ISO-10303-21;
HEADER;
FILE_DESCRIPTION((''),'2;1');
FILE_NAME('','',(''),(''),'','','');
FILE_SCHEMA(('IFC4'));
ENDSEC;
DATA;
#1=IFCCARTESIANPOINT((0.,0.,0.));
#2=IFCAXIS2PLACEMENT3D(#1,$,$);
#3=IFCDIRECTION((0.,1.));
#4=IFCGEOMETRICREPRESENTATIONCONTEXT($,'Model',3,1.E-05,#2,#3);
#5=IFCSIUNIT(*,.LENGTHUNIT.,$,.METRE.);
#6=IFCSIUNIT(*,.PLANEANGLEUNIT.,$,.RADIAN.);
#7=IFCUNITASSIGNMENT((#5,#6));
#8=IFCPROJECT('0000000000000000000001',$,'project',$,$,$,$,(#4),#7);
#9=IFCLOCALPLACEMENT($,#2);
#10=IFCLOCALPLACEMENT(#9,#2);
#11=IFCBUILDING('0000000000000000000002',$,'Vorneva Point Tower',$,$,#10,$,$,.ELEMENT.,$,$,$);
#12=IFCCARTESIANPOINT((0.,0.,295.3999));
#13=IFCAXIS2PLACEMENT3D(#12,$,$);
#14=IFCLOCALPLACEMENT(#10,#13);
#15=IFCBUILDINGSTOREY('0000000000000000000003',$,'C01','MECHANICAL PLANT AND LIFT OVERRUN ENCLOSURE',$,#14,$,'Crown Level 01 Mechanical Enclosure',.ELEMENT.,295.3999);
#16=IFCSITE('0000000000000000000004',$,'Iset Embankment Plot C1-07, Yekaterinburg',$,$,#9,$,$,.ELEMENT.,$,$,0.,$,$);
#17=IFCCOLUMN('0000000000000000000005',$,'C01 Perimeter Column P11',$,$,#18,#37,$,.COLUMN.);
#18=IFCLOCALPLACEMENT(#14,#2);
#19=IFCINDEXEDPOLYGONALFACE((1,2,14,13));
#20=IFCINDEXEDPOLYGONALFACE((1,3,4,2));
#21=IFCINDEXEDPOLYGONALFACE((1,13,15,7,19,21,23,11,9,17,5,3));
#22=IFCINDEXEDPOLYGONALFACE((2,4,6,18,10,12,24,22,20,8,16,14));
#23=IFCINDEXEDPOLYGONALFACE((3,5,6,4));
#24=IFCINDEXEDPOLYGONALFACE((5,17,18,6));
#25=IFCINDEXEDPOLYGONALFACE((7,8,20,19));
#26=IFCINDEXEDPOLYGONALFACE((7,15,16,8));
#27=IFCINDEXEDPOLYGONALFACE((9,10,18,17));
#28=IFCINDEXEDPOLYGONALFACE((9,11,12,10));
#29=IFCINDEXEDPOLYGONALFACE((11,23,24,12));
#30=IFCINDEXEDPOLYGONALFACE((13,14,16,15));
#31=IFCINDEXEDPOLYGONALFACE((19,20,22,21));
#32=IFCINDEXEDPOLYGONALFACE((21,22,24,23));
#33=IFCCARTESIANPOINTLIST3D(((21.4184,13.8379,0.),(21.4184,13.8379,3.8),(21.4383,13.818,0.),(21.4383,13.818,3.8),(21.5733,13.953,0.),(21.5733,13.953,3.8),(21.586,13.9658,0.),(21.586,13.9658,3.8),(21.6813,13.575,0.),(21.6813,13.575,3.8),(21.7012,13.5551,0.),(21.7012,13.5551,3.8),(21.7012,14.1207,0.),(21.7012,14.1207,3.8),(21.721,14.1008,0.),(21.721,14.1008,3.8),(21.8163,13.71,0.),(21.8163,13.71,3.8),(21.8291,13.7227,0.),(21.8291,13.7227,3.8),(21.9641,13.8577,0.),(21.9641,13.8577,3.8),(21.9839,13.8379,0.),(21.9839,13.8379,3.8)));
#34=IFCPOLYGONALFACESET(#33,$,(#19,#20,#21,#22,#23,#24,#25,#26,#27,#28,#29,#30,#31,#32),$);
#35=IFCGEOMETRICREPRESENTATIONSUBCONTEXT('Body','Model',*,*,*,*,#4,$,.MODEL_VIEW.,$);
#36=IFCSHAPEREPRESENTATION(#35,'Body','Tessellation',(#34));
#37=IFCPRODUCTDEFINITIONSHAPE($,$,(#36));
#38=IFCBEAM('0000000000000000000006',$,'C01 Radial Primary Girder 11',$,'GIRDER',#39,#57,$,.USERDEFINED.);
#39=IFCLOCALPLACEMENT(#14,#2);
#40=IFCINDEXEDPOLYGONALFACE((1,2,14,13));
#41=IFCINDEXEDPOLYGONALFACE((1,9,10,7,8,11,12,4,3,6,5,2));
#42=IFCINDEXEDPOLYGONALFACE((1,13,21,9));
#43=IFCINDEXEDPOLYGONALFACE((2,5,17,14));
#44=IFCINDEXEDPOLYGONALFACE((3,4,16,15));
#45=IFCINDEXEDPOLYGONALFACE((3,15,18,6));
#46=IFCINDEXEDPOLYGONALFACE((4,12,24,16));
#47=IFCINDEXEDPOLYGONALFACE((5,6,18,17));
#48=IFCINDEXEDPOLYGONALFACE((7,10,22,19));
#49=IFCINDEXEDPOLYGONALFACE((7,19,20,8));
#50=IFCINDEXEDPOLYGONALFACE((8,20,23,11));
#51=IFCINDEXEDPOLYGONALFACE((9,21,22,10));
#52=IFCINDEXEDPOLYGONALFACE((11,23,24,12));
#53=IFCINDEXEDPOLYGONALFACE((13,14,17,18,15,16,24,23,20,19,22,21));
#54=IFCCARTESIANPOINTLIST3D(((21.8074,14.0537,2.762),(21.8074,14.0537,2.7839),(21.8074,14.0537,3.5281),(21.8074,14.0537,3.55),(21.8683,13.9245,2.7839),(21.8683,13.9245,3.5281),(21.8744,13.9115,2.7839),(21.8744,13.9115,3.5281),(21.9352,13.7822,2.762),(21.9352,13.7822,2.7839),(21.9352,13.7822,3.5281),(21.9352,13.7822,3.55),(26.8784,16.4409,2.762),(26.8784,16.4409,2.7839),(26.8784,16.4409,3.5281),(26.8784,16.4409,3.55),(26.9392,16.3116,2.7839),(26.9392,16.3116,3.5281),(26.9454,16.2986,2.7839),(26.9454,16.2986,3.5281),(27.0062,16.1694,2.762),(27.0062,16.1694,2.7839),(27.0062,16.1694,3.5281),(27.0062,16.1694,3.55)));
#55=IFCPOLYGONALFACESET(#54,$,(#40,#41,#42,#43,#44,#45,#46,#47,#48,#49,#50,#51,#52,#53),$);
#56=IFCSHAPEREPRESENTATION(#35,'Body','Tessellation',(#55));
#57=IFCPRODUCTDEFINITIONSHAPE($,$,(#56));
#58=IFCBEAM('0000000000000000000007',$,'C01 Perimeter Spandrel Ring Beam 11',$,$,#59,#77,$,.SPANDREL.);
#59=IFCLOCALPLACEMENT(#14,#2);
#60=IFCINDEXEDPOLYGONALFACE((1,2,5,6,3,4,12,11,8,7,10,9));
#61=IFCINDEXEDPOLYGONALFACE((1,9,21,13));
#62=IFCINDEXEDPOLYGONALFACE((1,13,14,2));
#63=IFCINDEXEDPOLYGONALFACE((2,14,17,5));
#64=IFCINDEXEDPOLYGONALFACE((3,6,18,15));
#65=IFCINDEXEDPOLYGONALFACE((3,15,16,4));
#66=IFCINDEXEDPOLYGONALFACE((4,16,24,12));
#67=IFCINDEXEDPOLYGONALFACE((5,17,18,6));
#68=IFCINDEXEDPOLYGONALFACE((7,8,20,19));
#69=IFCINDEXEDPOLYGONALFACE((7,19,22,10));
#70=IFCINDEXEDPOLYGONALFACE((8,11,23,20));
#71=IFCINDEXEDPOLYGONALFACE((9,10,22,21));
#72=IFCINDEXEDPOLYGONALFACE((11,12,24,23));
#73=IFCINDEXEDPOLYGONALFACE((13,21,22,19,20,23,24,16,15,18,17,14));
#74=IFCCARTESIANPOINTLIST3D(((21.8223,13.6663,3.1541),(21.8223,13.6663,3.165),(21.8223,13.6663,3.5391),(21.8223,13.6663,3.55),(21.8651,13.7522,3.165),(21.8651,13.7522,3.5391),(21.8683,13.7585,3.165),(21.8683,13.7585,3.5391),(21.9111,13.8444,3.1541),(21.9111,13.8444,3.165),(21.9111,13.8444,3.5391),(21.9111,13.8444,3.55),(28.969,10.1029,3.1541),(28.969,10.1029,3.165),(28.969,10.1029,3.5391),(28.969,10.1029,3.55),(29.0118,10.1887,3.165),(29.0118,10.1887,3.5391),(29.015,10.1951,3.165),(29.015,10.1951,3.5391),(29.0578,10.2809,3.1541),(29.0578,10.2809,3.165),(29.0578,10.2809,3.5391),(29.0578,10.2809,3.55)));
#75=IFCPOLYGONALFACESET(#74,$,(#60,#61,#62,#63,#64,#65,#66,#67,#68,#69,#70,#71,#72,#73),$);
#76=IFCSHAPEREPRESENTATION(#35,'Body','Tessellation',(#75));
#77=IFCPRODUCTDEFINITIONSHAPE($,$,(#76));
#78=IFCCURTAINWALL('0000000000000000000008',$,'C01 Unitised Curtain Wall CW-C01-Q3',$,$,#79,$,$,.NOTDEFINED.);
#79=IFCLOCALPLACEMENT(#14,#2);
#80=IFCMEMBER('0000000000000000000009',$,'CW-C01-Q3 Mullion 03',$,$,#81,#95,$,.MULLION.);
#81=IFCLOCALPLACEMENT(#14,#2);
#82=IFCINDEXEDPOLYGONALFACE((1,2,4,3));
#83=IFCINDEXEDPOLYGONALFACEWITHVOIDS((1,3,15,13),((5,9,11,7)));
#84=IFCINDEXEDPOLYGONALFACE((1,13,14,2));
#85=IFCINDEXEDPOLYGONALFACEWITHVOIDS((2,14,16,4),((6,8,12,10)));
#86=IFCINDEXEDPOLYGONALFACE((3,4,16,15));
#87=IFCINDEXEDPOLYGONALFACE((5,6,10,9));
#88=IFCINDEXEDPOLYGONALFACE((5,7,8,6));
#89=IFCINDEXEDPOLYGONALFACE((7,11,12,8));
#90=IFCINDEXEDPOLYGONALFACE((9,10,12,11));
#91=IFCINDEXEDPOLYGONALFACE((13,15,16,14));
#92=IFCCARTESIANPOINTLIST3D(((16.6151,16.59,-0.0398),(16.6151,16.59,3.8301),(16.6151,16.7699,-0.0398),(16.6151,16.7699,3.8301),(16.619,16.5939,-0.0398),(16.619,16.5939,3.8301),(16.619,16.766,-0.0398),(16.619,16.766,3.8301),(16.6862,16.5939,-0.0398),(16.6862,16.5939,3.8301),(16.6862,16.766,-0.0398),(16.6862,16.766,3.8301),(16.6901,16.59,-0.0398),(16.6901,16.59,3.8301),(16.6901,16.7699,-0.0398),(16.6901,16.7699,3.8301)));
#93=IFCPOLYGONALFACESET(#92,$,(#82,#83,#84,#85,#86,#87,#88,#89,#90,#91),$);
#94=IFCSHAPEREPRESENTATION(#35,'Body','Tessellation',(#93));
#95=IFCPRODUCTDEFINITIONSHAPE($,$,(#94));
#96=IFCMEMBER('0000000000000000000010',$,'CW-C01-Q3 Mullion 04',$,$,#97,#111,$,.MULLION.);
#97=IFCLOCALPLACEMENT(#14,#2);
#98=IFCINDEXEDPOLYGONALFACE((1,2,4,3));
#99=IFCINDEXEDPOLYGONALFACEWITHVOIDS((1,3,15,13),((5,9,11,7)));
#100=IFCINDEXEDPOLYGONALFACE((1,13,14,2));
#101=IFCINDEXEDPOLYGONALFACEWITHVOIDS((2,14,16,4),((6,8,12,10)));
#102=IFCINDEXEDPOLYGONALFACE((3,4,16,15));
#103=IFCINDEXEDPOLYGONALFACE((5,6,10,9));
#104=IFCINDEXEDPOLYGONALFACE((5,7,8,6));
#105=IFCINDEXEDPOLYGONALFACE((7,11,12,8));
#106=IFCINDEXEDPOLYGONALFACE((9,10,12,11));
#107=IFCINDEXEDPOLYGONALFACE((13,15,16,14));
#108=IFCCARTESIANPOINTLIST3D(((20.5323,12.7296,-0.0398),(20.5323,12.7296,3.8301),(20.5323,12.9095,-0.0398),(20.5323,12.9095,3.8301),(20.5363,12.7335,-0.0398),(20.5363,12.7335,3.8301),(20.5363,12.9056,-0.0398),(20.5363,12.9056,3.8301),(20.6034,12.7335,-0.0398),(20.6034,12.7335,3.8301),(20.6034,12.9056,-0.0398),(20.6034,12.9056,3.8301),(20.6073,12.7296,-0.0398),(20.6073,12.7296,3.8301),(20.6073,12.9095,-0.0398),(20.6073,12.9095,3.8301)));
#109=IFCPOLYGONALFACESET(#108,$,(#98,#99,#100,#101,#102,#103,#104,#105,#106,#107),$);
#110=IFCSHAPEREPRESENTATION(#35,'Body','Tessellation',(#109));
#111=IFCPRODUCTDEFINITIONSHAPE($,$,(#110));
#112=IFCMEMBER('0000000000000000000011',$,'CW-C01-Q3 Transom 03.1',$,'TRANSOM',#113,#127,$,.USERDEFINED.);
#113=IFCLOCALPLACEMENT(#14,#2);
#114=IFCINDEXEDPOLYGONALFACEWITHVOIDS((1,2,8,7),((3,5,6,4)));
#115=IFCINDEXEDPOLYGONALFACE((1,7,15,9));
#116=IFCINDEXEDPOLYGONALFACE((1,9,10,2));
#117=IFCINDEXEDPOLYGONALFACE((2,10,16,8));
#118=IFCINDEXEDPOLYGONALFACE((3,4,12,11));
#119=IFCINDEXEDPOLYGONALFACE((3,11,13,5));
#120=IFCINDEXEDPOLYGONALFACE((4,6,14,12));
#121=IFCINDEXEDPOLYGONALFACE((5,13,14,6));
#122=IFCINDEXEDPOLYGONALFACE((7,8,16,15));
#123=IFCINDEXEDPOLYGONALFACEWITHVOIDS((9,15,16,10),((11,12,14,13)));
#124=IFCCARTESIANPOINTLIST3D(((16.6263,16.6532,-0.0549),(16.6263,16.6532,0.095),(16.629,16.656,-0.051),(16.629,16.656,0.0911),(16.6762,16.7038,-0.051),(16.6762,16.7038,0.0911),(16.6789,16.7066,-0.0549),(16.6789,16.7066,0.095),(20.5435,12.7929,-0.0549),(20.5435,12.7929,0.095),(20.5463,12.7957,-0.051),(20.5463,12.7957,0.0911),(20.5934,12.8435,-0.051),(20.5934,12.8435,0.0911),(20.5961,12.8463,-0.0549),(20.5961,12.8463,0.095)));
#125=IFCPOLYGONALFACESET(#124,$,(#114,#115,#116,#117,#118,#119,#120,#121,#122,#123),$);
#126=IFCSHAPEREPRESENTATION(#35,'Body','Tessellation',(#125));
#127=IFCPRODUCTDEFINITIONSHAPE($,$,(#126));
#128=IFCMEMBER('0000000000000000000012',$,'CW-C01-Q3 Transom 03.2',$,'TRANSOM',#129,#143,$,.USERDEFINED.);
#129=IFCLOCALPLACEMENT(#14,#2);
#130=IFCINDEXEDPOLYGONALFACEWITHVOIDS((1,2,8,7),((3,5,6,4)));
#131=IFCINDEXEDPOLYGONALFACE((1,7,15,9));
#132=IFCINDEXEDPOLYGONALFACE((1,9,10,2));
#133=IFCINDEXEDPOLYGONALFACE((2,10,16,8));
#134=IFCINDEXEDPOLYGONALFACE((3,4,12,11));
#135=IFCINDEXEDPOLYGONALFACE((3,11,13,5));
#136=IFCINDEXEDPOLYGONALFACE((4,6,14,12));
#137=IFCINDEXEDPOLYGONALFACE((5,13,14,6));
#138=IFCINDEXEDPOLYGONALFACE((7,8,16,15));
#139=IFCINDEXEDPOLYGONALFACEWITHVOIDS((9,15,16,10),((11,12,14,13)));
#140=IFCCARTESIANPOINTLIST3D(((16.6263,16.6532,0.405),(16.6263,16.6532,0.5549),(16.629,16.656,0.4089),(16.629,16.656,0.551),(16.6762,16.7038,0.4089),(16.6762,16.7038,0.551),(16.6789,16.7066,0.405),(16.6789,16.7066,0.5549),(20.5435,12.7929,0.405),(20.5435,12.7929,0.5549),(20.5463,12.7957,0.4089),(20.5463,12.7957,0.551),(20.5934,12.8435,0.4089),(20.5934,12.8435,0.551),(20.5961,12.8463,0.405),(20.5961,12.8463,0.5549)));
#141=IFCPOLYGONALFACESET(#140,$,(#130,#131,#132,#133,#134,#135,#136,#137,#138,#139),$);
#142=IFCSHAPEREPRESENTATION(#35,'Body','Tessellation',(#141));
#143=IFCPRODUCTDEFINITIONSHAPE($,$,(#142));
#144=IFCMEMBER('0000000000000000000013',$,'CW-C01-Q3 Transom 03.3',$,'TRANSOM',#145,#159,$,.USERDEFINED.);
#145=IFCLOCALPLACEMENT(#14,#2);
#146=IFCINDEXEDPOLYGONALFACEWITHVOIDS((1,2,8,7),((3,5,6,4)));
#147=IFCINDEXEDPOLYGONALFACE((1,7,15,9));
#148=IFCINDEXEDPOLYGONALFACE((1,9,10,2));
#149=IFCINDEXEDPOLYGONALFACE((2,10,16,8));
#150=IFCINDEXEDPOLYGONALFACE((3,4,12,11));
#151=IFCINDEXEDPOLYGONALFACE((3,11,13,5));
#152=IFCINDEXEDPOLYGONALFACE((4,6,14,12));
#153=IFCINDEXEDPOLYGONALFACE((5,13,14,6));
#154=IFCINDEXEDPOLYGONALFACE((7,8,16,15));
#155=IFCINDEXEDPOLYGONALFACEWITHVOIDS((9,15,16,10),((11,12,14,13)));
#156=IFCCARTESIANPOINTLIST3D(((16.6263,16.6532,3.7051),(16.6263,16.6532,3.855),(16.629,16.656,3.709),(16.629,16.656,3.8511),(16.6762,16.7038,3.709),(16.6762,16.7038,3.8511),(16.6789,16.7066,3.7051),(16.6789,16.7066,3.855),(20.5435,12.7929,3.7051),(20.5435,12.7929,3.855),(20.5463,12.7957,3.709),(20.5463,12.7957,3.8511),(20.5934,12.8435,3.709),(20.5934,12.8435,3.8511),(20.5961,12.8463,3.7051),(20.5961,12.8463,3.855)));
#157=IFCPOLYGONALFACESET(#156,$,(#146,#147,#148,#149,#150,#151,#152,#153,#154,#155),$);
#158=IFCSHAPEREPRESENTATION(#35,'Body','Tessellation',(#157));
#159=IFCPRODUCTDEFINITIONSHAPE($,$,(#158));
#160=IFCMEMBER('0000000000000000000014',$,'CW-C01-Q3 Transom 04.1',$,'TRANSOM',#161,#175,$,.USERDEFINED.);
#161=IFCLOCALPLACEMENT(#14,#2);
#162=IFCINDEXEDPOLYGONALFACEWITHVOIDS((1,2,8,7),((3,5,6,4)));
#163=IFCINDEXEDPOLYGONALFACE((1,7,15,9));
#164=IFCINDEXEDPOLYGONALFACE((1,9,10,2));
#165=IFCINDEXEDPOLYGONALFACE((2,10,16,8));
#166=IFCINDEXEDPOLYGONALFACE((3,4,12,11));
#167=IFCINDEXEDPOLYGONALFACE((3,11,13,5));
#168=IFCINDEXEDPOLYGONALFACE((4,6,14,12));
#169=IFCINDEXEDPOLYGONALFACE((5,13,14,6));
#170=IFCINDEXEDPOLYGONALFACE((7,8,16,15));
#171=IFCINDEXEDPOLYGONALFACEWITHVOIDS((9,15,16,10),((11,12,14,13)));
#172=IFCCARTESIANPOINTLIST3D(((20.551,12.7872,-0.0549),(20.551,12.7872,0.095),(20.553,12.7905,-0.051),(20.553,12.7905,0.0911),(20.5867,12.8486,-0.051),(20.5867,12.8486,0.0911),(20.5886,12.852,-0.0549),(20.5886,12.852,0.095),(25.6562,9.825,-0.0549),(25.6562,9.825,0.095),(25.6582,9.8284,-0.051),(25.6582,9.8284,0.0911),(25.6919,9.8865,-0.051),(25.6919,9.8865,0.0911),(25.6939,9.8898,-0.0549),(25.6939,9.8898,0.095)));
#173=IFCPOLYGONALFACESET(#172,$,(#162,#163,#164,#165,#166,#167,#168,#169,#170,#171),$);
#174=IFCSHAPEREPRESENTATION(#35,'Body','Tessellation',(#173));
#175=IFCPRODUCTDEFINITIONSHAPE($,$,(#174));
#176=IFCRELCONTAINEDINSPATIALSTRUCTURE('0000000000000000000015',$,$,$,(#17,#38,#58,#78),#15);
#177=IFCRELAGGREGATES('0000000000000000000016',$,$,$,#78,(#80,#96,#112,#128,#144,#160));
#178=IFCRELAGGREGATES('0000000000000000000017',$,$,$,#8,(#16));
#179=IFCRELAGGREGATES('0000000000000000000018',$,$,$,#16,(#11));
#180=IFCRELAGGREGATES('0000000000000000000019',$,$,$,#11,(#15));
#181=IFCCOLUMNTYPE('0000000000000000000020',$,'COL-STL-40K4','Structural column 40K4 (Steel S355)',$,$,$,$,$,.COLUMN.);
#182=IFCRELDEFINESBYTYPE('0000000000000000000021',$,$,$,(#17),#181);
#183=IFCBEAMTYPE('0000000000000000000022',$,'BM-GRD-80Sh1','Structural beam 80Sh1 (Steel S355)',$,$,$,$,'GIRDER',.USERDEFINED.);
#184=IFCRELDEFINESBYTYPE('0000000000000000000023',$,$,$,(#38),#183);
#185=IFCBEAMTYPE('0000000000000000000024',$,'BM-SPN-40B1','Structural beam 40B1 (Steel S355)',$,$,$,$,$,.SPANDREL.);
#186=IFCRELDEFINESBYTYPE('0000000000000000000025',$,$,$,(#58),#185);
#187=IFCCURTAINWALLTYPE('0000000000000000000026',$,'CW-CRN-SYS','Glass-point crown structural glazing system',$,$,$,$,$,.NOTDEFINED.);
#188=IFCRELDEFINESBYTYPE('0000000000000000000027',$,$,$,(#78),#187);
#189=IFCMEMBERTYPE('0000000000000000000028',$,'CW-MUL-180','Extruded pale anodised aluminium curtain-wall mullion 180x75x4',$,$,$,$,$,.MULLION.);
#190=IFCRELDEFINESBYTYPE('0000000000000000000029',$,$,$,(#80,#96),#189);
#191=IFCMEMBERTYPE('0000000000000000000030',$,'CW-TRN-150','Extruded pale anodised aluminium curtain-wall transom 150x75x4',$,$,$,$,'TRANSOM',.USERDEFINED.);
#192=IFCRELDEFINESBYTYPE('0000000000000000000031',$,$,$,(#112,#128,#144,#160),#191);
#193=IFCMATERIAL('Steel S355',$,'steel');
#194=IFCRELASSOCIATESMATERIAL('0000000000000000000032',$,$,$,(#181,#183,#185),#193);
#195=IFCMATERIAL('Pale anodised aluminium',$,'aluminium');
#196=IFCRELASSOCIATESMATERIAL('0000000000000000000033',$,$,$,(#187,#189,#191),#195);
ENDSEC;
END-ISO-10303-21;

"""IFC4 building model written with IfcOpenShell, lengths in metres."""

from ifc_helpers import new_model, si_unit, direction, frame, origin, origin_2d, place, context, subcontext, project, spatial, hollow_rectangle, i_section, extrude, material, material_profile, profile_set, type_object, element, aggregate, save


model = new_model("IFC4")

# Units and contexts
model_context = context("Model", 3, precision=1e-05, world=origin(), true_north=direction((0.0, 1.0)))
body_context = subcontext(model_context, "Body", "Model", "MODEL_VIEW")
ifc_project = project(units=[si_unit("LENGTHUNIT", "METRE"), si_unit("PLANEANGLEUNIT", "RADIAN")], contexts=[model_context])

# Site, building, storey
site_placement = place(None, origin())
site = spatial("IfcSite", under=ifc_project, at=site_placement, Name="Iset Embankment Plot C1-07, Yekaterinburg", CompositionType="ELEMENT", RefElevation=0.0)
building_placement = place(site_placement, origin())
building = spatial("IfcBuilding", under=site, at=building_placement, Name="Vorneva Point Tower", CompositionType="ELEMENT")
storey_placement = place(building_placement, frame((0.0, 0.0, 295.3999)))
storey = spatial("IfcBuildingStorey", under=building, at=storey_placement, Name="C01", Description="MECHANICAL PLANT AND LIFT OVERRUN ENCLOSURE", LongName="Crown Level 01 Mechanical Enclosure", CompositionType="ELEMENT", Elevation=295.3999)

# Column
ifc_material_1 = material(Name="Steel S355", Category="steel")
ifc_material_profile_1 = material_profile(ifc_material_1, i_section(OverallWidth=0.3999, OverallDepth=0.3999, WebThickness=0.0181, FlangeThickness=0.0281, at=origin_2d()), Name="40K4")
ifc_profile_set_1 = profile_set([ifc_material_profile_1], Name="Steel S355")
column_type = type_object("IfcColumnType", Name="COL-STL-40K4", Description="Structural column 40K4 (Steel S355)", PredefinedType="COLUMN", material=ifc_profile_set_1)
column_placement = place(storey_placement, frame((21.7012, 13.8379, 0.0), z_axis=(0.0, 0.0, 1.0), x_axis=(-0.707107, -0.707107, 0.0)))
element("IfcColumn", 1, at=column_placement, inside=storey, type_object=column_type, Name="C01 Perimeter Column P11", PredefinedType="COLUMN", context=body_context, shape_type="SweptSolid", body=[
    extrude(i_section(OverallWidth=0.3999, OverallDepth=0.3999, WebThickness=0.0181, FlangeThickness=0.0281, at=origin_2d()), origin(), (0.0, 0.0, 1.0), 3.8),
])

# Beams
ifc_material_profile_2 = material_profile(ifc_material_1, i_section(OverallWidth=0.3, OverallDepth=0.7881, WebThickness=0.0144, FlangeThickness=0.022, at=origin_2d()), Name="80Sh1")
ifc_profile_set_2 = profile_set([ifc_material_profile_2], Name="Steel S355")
beam_type_1 = type_object("IfcBeamType", Name="BM-GRD-80Sh1", Description="Structural beam 80Sh1 (Steel S355)", ElementType="GIRDER", PredefinedType="USERDEFINED", material=ifc_profile_set_2)
beam_1_placement = place(storey_placement, frame((21.8713, 13.918, 3.156), z_axis=(0.904761, 0.425919, 0.0), x_axis=(-0.425919, 0.904761, 0.0)))
element("IfcBeam", 2, at=beam_1_placement, inside=storey, type_object=beam_type_1, Name="C01 Radial Primary Girder 11", ObjectType="GIRDER", PredefinedType="USERDEFINED", context=body_context, shape_type="SweptSolid", body=[
    extrude(i_section(OverallWidth=0.3, OverallDepth=0.7881, WebThickness=0.0144, FlangeThickness=0.022, at=origin_2d()), origin(), (0.0, 0.0, 1.0), 5.6047),
])
ifc_material_profile_3 = material_profile(ifc_material_1, i_section(OverallWidth=0.199, OverallDepth=0.396, WebThickness=0.0071, FlangeThickness=0.011, at=origin_2d()), Name="40B1")
ifc_profile_set_3 = profile_set([ifc_material_profile_3], Name="Steel S355")
beam_type_2 = type_object("IfcBeamType", Name="BM-SPN-40B1", Description="Structural beam 40B1 (Steel S355)", PredefinedType="SPANDREL", material=ifc_profile_set_3)
beam_2_placement = place(storey_placement, frame((21.8667, 13.7554, 3.3521), z_axis=(0.894922, -0.446223, 0.0), x_axis=(0.446223, 0.894922, 0.0)))
element("IfcBeam", 3, at=beam_2_placement, inside=storey, type_object=beam_type_2, Name="C01 Perimeter Spandrel Ring Beam 11", PredefinedType="SPANDREL", context=body_context, shape_type="SweptSolid", body=[
    extrude(i_section(OverallWidth=0.199, OverallDepth=0.396, WebThickness=0.0071, FlangeThickness=0.011, at=origin_2d()), origin(), (0.0, 0.0, 1.0), 7.9858),
])

# Curtain wall, members
ifc_material_2 = material(Name="Pale anodised aluminium", Category="aluminium")
curtain_wall_type = type_object("IfcCurtainWallType", Name="CW-CRN-SYS", Description="Glass-point crown structural glazing system", PredefinedType="NOTDEFINED", material=ifc_material_2)
curtain_wall_placement = place(storey_placement, origin())
curtain_wall = element("IfcCurtainWall", 4, at=curtain_wall_placement, inside=storey, type_object=curtain_wall_type, Name="C01 Unitised Curtain Wall CW-C01-Q3", PredefinedType="NOTDEFINED")
ifc_material_profile_4 = material_profile(ifc_material_2, hollow_rectangle(XDim=0.075, YDim=0.1799, WallThickness=0.0039, at=origin_2d()), Name="AL-MUL 180x75x4")
ifc_profile_set_4 = profile_set([ifc_material_profile_4], Name="Pale anodised aluminium")
member_type_1 = type_object("IfcMemberType", Name="CW-MUL-180", Description="Extruded pale anodised aluminium curtain-wall mullion 180x75x4", PredefinedType="MULLION", material=ifc_profile_set_4)
member_1_placement = place(storey_placement, frame((16.6526, 16.6799, -0.0398), z_axis=(0.0, 0.0, 1.0), x_axis=(1.0, 0.0, 0.0)))
member_1 = element("IfcMember", 5, at=member_1_placement, type_object=member_type_1, Name="CW-C01-Q3 Mullion 03", PredefinedType="MULLION", context=body_context, shape_type="SweptSolid", body=[
    extrude(hollow_rectangle(XDim=0.075, YDim=0.1799, WallThickness=0.0039, at=origin_2d()), origin(), (0.0, 0.0, 1.0), 3.8699),
])
member_2_placement = place(storey_placement, frame((20.5698, 12.8196, -0.0398), z_axis=(0.0, 0.0, 1.0), x_axis=(1.0, 0.0, 0.0)))
member_2 = element("IfcMember", 6, at=member_2_placement, type_object=member_type_1, Name="CW-C01-Q3 Mullion 04", PredefinedType="MULLION", context=body_context, shape_type="SweptSolid", body=[
    extrude(hollow_rectangle(XDim=0.075, YDim=0.1799, WallThickness=0.0039, at=origin_2d()), origin(), (0.0, 0.0, 1.0), 3.8699),
])
ifc_material_profile_5 = material_profile(ifc_material_2, hollow_rectangle(XDim=0.075, YDim=0.1499, WallThickness=0.0039, at=origin_2d()), Name="AL-TRN 150x75x4")
ifc_profile_set_5 = profile_set([ifc_material_profile_5], Name="Pale anodised aluminium")
member_type_2 = type_object("IfcMemberType", Name="CW-TRN-150", Description="Extruded pale anodised aluminium curtain-wall transom 150x75x4", ElementType="TRANSOM", PredefinedType="USERDEFINED", material=ifc_profile_set_5)
member_3_placement = place(storey_placement, frame((16.6526, 16.6799, 0.02), z_axis=(0.712259, -0.701916, 0.0), x_axis=(0.701916, 0.712259, 0.0)))
member_3 = element("IfcMember", 7, at=member_3_placement, type_object=member_type_2, Name="CW-C01-Q3 Transom 03.1", ObjectType="TRANSOM", PredefinedType="USERDEFINED", context=body_context, shape_type="SweptSolid", body=[
    extrude(hollow_rectangle(XDim=0.075, YDim=0.1499, WallThickness=0.0039, at=origin_2d()), origin(), (0.0, 0.0, 1.0), 5.4998),
])
member_4_placement = place(storey_placement, frame((16.6526, 16.6799, 0.48), z_axis=(0.712259, -0.701916, 0.0), x_axis=(0.701916, 0.712259, 0.0)))
member_4 = element("IfcMember", 8, at=member_4_placement, type_object=member_type_2, Name="CW-C01-Q3 Transom 03.2", ObjectType="TRANSOM", PredefinedType="USERDEFINED", context=body_context, shape_type="SweptSolid", body=[
    extrude(hollow_rectangle(XDim=0.075, YDim=0.1499, WallThickness=0.0039, at=origin_2d()), origin(), (0.0, 0.0, 1.0), 5.4998),
])
member_5_placement = place(storey_placement, frame((16.6526, 16.6799, 3.78), z_axis=(0.712259, -0.701916, 0.0), x_axis=(0.701916, 0.712259, 0.0)))
member_5 = element("IfcMember", 9, at=member_5_placement, type_object=member_type_2, Name="CW-C01-Q3 Transom 03.3", ObjectType="TRANSOM", PredefinedType="USERDEFINED", context=body_context, shape_type="SweptSolid", body=[
    extrude(hollow_rectangle(XDim=0.075, YDim=0.1499, WallThickness=0.0039, at=origin_2d()), origin(), (0.0, 0.0, 1.0), 5.4998),
])
member_6_placement = place(storey_placement, frame((20.5698, 12.8196, 0.02), z_axis=(0.864948, -0.501861, 0.0), x_axis=(0.501861, 0.864948, 0.0)))
member_6 = element("IfcMember", 10, at=member_6_placement, type_object=member_type_2, Name="CW-C01-Q3 Transom 04.1", ObjectType="TRANSOM", PredefinedType="USERDEFINED", context=body_context, shape_type="SweptSolid", body=[
    extrude(hollow_rectangle(XDim=0.075, YDim=0.1499, WallThickness=0.0039, at=origin_2d()), origin(), (0.0, 0.0, 1.0), 5.9023),
])

aggregate(curtain_wall, [member_1, member_2, member_3, member_4, member_5, member_6])

save(model, "model.ifc")
